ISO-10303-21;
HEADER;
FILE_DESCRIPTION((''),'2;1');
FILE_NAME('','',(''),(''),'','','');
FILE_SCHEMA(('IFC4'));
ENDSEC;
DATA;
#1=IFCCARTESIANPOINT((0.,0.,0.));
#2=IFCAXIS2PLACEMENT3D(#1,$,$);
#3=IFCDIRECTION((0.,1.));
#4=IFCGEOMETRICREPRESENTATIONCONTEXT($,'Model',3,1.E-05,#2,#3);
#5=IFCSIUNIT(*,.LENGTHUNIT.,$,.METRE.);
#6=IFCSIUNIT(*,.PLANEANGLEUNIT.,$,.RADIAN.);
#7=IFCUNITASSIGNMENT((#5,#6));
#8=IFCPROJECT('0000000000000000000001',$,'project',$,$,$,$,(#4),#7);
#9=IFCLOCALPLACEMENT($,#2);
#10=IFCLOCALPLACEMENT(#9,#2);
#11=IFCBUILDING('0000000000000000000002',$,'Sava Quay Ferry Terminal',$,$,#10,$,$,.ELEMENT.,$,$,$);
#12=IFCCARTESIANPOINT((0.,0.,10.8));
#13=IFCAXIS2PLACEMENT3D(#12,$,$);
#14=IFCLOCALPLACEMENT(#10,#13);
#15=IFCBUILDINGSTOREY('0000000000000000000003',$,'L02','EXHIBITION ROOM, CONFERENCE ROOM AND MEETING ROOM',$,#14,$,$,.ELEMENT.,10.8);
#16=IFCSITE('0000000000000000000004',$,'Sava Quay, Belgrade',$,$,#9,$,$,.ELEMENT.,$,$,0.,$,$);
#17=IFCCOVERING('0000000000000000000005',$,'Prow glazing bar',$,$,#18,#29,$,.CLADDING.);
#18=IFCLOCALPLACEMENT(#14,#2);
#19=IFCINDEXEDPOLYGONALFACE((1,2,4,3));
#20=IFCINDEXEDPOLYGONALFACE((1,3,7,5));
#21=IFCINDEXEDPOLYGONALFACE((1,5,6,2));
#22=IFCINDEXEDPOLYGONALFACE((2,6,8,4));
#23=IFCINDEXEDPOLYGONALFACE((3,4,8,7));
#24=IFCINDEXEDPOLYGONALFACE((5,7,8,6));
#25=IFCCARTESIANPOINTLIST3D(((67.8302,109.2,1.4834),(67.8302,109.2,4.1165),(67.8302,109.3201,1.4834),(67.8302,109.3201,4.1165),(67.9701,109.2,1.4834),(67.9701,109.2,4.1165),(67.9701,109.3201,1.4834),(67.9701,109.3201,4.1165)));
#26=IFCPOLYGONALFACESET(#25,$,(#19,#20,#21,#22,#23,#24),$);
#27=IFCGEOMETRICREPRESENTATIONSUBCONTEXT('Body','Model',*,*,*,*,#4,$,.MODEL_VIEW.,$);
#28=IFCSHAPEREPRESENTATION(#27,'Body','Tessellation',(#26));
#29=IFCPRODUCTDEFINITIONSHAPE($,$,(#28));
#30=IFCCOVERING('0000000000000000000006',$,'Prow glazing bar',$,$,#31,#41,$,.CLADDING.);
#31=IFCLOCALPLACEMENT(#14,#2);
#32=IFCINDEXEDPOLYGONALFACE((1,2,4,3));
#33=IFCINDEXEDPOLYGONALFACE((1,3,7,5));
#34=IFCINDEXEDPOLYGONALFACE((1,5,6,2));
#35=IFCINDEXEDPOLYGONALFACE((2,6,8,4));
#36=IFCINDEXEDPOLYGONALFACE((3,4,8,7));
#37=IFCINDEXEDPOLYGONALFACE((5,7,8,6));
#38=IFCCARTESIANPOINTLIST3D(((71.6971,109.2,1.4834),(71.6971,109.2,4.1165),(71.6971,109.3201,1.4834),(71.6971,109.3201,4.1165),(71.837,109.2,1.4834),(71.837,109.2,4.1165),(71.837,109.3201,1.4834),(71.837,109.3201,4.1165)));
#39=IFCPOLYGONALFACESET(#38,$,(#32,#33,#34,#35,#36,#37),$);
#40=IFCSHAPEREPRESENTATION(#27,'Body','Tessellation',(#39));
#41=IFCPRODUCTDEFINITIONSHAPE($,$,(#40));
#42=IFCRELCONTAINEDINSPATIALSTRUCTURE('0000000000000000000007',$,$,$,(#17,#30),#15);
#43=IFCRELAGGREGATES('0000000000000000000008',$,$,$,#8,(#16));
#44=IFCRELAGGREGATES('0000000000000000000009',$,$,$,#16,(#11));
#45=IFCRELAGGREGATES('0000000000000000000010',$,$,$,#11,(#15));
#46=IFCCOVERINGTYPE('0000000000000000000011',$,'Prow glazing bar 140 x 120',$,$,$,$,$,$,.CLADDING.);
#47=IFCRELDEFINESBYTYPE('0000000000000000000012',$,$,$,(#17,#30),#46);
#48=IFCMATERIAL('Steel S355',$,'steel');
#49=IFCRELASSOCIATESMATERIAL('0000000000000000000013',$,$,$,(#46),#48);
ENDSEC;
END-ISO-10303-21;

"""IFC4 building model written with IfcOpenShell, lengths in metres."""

from ifc_helpers import new_model, si_unit, direction, frame, origin, origin_2d, place, context, subcontext, project, spatial, rectangle, extrude, material, material_profile, profile_set, type_object, element, save


model = new_model("IFC4")

# Units and contexts
model_context = context("Model", 3, precision=1e-05, world=origin(), true_north=direction((0.0, 1.0)))
body_context = subcontext(model_context, "Body", "Model", "MODEL_VIEW")
ifc_project = project(units=[si_unit("LENGTHUNIT", "METRE"), si_unit("PLANEANGLEUNIT", "RADIAN")], contexts=[model_context])

# Site, building, storey
site_placement = place(None, origin())
site = spatial("IfcSite", under=ifc_project, at=site_placement, Name="Sava Quay, Belgrade", CompositionType="ELEMENT", RefElevation=0.0)
building_placement = place(site_placement, origin())
building = spatial("IfcBuilding", under=site, at=building_placement, Name="Sava Quay Ferry Terminal", CompositionType="ELEMENT")
storey_placement = place(building_placement, frame((0.0, 0.0, 10.8)))
storey = spatial("IfcBuildingStorey", under=building, at=storey_placement, Name="L02", Description="EXHIBITION ROOM, CONFERENCE ROOM AND MEETING ROOM", CompositionType="ELEMENT", Elevation=10.8)

# Coverings
ifc_material_1 = material(Name="Steel S355", Category="steel")
ifc_material_profile_1 = material_profile(ifc_material_1, rectangle(XDim=0.1399, YDim=0.1201, at=origin_2d()), Name="Strip 140 x 120")
ifc_profile_set_1 = profile_set([ifc_material_profile_1], Name="Steel S355")
covering_type_1 = type_object("IfcCoveringType", Name="Prow glazing bar 140 x 120", PredefinedType="CLADDING", material=ifc_profile_set_1)
for number, where, z_axis, x_axis, name in (
    (1, (67.9001, 109.26, 1.4834), (0.0, 0.0, 1.0), (1.0, 0.0, 0.0), "Prow glazing bar"),
    (2, (71.7671, 109.26, 1.4834), (0.0, 0.0, 1.0), (1.0, 0.0, 0.0), "Prow glazing bar"),
):
    element("IfcCovering", number, at=place(storey_placement, frame(where, z_axis=z_axis, x_axis=x_axis)), inside=storey, type_object=covering_type_1, Name=name, PredefinedType="CLADDING", context=body_context, shape_type="SweptSolid", body=[
        extrude(rectangle(XDim=0.1399, YDim=0.1201, at=origin_2d()), origin(), (0.0, 0.0, 1.0), 2.6331),
    ])

save(model, "model.ifc")
